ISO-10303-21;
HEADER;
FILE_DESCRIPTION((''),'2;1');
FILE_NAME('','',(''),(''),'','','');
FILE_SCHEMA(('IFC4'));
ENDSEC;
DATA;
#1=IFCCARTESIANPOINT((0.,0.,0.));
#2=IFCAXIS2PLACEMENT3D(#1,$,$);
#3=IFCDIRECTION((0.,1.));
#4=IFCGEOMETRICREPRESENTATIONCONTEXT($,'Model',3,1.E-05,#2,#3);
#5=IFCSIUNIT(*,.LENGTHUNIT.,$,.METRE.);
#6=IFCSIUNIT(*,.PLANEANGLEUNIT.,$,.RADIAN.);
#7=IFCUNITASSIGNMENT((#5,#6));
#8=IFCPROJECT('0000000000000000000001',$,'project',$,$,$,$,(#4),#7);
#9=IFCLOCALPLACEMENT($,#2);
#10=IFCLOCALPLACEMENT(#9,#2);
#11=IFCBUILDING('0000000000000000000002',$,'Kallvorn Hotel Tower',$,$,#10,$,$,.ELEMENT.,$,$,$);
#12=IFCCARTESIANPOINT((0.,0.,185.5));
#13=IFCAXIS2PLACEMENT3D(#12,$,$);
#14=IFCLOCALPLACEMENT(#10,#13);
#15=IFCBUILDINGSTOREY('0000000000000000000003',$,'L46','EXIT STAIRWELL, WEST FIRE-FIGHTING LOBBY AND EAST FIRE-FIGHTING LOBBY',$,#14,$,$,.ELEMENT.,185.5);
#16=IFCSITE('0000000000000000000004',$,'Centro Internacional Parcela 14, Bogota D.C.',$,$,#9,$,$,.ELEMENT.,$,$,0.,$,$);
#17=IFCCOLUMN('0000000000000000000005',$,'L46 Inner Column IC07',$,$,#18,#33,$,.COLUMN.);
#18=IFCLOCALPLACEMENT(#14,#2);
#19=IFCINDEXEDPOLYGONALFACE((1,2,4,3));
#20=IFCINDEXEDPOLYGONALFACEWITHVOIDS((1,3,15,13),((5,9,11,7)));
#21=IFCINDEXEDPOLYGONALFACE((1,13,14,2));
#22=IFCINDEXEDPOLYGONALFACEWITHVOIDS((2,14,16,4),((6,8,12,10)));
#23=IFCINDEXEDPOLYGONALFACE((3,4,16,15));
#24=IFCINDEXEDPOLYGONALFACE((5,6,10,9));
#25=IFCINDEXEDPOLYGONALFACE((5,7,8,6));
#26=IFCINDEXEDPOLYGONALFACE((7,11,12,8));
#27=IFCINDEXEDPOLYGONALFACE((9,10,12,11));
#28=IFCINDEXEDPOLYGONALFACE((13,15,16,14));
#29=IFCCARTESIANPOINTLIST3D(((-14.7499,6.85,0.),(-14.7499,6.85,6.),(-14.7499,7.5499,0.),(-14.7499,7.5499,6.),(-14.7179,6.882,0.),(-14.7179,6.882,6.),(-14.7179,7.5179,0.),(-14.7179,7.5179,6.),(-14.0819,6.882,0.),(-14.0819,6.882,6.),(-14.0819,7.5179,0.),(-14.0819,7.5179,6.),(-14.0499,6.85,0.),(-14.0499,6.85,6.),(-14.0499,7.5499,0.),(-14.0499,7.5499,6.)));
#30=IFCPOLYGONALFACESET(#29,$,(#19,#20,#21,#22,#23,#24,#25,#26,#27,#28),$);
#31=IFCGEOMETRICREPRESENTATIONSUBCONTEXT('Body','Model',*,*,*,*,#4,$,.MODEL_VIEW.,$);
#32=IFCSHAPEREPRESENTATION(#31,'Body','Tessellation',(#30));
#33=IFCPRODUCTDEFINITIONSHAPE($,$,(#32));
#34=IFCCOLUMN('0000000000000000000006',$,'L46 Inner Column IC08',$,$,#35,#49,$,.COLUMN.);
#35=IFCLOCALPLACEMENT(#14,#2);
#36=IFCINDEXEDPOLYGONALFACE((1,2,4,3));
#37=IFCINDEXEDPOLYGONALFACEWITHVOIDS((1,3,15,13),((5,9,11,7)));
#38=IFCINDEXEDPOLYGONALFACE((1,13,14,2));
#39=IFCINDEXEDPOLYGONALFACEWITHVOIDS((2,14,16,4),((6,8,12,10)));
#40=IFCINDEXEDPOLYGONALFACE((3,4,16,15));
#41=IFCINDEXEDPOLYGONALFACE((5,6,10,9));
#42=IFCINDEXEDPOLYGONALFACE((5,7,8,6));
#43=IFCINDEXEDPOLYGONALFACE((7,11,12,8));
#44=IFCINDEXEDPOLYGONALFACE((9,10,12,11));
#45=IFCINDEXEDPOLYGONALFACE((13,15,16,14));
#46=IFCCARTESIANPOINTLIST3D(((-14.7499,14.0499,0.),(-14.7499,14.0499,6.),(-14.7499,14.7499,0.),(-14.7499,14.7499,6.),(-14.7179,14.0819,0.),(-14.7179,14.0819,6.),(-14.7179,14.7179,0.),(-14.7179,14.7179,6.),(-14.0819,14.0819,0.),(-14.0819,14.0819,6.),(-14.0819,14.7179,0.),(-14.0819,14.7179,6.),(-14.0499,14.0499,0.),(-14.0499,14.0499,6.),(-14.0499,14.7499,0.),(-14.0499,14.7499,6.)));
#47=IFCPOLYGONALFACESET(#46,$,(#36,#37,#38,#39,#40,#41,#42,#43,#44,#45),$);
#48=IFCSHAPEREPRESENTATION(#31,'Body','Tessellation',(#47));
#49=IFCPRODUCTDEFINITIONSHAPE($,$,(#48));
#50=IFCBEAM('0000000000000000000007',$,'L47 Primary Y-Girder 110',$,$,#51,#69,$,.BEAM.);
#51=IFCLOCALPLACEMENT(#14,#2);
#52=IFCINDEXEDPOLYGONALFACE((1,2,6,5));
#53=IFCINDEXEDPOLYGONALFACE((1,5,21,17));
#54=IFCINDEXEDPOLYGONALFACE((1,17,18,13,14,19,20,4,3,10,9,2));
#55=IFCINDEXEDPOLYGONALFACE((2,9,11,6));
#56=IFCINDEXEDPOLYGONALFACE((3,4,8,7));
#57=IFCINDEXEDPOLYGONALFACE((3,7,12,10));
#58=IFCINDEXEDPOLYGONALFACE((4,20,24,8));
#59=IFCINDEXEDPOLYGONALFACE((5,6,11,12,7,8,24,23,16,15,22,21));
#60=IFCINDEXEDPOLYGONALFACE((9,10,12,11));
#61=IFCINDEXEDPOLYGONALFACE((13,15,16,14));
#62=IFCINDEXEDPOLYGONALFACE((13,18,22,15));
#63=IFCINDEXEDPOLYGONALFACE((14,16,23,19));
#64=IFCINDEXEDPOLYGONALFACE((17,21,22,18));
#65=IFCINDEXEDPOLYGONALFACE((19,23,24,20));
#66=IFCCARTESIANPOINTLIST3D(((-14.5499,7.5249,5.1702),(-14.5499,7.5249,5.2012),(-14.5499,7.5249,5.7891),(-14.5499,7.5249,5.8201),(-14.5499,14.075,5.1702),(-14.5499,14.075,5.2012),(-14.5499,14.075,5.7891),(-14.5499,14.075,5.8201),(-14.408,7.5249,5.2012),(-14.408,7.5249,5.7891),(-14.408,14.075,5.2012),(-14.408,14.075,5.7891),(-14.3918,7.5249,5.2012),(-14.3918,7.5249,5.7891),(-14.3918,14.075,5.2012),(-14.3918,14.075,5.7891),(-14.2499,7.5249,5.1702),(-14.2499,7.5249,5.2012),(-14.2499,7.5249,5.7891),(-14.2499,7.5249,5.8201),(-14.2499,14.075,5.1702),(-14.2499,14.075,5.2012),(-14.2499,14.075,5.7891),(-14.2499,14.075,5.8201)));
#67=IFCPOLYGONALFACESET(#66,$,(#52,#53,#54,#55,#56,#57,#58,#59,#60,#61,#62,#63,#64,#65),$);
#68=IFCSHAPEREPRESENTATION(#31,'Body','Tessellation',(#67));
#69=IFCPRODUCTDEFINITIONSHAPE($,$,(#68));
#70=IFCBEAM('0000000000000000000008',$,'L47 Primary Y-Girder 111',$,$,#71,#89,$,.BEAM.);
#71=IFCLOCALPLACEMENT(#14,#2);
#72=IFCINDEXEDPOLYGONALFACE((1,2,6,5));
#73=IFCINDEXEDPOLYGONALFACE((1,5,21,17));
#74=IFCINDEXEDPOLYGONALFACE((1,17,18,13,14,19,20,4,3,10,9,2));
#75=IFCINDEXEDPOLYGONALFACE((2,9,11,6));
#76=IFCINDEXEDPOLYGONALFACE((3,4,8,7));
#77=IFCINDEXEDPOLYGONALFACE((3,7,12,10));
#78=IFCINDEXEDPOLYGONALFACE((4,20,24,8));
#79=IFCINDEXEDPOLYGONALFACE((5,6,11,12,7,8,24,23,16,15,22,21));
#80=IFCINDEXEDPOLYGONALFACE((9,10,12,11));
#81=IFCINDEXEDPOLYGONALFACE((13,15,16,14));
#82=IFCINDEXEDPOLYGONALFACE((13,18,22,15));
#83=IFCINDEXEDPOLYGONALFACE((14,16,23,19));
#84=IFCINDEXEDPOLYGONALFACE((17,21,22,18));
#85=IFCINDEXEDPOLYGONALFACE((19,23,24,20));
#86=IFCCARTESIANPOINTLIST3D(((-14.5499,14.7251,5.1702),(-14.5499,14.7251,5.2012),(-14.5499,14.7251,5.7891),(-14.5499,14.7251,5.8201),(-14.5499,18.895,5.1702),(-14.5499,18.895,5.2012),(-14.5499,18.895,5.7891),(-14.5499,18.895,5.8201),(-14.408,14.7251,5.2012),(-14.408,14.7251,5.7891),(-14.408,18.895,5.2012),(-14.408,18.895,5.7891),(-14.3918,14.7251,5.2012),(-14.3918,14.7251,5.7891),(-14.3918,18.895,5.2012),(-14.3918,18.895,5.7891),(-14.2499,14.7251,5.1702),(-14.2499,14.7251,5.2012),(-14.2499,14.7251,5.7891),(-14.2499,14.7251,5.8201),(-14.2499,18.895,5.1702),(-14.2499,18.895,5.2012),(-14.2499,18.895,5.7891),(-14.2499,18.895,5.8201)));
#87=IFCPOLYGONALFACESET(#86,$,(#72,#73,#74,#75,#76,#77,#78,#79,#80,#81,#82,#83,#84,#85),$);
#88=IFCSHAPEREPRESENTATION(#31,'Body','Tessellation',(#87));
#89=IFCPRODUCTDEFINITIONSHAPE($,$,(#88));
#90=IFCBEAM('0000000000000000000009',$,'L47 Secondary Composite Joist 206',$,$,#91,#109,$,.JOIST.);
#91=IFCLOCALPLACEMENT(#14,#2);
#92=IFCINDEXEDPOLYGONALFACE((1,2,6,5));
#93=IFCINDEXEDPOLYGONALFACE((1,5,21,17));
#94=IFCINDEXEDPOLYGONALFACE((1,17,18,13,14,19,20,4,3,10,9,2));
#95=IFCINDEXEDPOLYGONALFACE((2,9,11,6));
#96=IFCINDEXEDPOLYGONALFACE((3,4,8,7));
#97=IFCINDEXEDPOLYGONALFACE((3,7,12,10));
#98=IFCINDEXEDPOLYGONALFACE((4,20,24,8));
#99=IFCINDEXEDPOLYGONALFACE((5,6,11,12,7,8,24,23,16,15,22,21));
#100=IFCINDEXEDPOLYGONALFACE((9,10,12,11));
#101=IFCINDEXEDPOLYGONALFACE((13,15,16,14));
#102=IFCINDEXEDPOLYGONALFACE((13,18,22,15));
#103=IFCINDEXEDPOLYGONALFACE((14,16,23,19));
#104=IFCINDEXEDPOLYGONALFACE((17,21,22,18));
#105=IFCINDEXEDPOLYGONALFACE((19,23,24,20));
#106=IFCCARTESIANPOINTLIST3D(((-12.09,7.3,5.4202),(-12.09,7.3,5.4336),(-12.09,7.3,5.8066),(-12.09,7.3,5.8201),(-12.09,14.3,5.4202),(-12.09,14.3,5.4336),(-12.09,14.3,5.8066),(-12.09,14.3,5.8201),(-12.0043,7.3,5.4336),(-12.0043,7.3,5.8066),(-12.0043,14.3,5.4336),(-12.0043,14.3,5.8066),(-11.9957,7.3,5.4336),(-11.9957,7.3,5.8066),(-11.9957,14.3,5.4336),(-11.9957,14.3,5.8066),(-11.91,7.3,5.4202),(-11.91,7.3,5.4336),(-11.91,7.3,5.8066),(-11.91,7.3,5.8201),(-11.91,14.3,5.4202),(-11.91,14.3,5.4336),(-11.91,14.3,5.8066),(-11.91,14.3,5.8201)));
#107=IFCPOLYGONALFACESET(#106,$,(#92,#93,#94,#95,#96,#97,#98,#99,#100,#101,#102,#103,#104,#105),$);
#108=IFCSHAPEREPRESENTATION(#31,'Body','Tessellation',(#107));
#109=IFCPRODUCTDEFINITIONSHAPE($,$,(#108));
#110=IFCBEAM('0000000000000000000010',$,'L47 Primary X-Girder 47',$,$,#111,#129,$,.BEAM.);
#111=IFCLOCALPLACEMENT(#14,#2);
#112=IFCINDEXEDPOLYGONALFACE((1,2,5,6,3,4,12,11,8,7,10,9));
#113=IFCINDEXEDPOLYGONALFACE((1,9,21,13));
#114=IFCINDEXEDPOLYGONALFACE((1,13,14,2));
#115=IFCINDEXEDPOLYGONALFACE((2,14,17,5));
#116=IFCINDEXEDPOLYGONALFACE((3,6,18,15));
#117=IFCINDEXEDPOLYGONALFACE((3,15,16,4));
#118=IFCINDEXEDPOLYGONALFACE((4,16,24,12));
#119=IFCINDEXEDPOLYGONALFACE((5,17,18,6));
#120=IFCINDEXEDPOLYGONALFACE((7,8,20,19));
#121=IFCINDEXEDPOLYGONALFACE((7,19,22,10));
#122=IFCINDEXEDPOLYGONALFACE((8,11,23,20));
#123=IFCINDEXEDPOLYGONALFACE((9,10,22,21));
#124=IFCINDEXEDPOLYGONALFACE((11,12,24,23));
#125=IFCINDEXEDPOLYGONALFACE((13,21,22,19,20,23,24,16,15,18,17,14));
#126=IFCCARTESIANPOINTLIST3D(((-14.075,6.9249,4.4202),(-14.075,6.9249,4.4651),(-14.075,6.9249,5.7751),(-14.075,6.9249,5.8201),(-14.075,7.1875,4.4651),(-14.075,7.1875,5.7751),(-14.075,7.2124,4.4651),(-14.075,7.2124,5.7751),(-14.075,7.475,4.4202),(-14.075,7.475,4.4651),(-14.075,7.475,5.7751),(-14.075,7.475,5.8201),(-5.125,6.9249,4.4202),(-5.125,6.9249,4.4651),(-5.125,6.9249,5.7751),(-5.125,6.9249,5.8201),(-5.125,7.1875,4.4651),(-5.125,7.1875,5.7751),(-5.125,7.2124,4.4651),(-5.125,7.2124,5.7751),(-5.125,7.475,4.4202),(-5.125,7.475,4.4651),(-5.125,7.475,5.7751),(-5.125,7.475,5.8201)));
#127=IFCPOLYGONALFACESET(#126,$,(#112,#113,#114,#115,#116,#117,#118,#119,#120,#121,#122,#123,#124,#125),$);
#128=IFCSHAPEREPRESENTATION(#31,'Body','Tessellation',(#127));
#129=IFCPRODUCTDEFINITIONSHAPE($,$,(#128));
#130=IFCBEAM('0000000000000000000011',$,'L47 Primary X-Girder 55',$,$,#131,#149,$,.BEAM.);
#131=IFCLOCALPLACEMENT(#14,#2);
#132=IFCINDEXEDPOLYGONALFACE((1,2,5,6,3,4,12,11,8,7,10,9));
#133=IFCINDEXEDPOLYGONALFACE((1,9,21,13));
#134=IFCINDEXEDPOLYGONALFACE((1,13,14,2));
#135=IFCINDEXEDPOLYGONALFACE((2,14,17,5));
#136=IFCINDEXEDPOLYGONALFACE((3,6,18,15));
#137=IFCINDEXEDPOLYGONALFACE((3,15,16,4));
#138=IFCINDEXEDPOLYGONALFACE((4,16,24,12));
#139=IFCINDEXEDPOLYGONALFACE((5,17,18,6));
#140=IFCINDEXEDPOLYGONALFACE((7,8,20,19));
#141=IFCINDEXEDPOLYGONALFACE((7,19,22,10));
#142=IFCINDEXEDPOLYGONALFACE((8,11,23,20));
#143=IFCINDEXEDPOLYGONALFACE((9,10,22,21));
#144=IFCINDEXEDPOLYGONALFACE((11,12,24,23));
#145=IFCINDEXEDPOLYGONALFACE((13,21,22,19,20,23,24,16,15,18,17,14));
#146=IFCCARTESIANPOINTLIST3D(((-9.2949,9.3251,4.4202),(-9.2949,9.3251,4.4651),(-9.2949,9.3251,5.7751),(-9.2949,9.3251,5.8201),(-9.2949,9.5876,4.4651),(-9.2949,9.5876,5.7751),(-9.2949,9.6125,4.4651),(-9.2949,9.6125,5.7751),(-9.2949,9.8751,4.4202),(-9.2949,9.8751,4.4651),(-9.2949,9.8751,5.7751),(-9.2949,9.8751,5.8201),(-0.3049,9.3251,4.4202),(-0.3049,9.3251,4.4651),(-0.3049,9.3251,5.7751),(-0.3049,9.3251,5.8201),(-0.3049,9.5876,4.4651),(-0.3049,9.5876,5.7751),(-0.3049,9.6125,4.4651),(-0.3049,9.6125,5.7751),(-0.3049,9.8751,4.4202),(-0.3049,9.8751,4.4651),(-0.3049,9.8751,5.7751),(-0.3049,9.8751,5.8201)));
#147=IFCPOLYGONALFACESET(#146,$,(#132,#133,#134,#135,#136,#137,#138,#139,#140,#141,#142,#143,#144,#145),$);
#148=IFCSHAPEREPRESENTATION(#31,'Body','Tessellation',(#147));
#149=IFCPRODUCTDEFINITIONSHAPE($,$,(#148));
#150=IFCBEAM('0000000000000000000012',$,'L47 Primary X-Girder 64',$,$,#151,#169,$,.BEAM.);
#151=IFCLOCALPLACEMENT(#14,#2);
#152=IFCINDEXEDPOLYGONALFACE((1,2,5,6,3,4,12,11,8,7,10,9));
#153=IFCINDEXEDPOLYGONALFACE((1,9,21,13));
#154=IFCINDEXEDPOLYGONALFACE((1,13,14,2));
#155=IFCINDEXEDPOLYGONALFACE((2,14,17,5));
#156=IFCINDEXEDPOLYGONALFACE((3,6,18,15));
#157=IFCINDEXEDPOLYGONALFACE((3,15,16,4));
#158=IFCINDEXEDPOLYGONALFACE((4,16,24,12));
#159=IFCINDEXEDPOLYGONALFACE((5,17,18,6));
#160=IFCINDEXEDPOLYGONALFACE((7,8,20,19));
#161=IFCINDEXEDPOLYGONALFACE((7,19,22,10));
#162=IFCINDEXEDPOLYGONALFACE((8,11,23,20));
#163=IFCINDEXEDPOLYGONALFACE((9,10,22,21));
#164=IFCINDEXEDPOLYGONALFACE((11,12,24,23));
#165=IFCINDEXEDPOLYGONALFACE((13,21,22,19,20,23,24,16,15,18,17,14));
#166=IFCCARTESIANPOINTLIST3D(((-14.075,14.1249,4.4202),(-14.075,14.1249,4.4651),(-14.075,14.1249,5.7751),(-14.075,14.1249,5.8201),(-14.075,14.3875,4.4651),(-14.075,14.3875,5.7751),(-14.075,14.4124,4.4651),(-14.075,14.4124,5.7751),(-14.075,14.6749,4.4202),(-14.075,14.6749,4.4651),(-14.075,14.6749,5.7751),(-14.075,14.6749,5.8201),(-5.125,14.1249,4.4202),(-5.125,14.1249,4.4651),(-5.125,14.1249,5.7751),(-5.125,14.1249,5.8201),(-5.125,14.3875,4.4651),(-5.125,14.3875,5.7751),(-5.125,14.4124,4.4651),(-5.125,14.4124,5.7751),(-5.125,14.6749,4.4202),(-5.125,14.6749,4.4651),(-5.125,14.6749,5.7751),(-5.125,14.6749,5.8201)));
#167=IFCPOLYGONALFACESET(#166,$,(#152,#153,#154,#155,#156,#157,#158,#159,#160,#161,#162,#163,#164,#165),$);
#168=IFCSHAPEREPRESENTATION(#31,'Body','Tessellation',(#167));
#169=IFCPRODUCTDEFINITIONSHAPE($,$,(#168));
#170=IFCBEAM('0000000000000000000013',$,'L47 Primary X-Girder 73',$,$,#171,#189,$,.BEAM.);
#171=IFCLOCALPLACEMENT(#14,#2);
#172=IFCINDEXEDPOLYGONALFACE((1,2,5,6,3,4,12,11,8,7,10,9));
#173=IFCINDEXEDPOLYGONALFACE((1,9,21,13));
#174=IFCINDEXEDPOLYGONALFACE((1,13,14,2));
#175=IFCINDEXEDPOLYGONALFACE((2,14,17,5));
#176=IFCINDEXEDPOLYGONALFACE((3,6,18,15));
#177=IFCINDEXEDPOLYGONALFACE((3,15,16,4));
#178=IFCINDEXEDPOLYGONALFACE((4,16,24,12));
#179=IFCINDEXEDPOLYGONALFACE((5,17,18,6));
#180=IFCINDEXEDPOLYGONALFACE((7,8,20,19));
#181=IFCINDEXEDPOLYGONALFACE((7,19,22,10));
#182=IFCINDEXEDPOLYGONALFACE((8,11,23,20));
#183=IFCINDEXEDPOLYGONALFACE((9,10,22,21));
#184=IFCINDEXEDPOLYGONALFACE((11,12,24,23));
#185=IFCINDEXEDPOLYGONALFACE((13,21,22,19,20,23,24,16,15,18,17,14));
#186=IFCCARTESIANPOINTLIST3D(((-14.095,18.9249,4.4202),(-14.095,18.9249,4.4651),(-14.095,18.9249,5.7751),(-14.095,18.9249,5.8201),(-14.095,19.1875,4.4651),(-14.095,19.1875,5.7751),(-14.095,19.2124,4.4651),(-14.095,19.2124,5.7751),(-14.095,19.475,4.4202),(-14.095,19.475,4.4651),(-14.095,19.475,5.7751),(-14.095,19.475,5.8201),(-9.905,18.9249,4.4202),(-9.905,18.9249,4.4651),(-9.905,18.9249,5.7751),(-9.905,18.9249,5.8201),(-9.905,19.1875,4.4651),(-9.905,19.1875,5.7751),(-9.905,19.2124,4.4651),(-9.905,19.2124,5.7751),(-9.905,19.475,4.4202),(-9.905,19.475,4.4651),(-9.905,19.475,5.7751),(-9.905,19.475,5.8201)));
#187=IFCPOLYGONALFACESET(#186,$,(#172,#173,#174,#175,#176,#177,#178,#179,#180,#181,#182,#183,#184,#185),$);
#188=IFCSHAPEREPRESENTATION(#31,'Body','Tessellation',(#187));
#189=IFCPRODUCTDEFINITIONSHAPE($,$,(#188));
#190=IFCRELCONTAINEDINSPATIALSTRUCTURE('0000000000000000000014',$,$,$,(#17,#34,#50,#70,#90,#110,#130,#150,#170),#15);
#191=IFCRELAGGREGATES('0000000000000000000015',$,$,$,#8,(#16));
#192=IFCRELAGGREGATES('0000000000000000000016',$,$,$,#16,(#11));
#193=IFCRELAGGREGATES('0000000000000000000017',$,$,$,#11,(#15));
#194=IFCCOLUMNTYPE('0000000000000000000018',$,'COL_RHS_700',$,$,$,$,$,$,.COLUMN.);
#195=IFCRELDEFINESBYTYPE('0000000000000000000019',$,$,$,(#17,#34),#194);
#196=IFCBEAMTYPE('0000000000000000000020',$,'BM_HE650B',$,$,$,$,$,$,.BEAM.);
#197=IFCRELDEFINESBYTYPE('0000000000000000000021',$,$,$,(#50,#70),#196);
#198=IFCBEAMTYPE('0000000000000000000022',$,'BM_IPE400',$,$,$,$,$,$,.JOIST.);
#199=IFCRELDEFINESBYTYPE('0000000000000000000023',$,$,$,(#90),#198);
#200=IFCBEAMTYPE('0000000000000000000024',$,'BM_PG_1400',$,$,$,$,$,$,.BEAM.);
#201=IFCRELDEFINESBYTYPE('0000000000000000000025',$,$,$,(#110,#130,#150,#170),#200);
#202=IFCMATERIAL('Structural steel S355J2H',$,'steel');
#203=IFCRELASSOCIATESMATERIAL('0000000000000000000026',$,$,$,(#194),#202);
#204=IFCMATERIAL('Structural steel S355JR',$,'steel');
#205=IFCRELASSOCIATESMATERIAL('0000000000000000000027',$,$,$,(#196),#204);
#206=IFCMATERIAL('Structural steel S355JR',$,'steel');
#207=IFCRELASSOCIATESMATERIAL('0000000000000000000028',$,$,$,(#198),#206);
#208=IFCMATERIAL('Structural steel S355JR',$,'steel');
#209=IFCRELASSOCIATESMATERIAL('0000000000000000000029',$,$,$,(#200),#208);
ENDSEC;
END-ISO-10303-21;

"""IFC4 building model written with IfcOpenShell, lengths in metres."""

from ifc_helpers import new_model, si_unit, direction, frame, origin, origin_2d, place, context, subcontext, project, spatial, hollow_rectangle, i_section, extrude, material, material_profile, profile_set, type_object, element, save


model = new_model("IFC4")

# Units and contexts
model_context = context("Model", 3, precision=1e-05, world=origin(), true_north=direction((0.0, 1.0)))
body_context = subcontext(model_context, "Body", "Model", "MODEL_VIEW")
ifc_project = project(units=[si_unit("LENGTHUNIT", "METRE"), si_unit("PLANEANGLEUNIT", "RADIAN")], contexts=[model_context])

# Site, building, storey
site_placement = place(None, origin())
site = spatial("IfcSite", under=ifc_project, at=site_placement, Name="Centro Internacional Parcela 14, Bogota D.C.", CompositionType="ELEMENT", RefElevation=0.0)
building_placement = place(site_placement, origin())
building = spatial("IfcBuilding", under=site, at=building_placement, Name="Kallvorn Hotel Tower", CompositionType="ELEMENT")
storey_placement = place(building_placement, frame((0.0, 0.0, 185.5)))
storey = spatial("IfcBuildingStorey", under=building, at=storey_placement, Name="L46", Description="EXIT STAIRWELL, WEST FIRE-FIGHTING LOBBY AND EAST FIRE-FIGHTING LOBBY", CompositionType="ELEMENT", Elevation=185.5)

# Columns
ifc_material_1 = material(Name="Structural steel S355J2H", Category="steel")
ifc_material_profile_1 = material_profile(ifc_material_1, hollow_rectangle(XDim=0.7, YDim=0.7, WallThickness=0.032, at=origin_2d()), Name="RHS 700x700x32")
ifc_profile_set_1 = profile_set([ifc_material_profile_1], Name="Structural steel S355J2H")
column_type_1 = type_object("IfcColumnType", Name="COL_RHS_700", PredefinedType="COLUMN", material=ifc_profile_set_1)
for number, where, z_axis, x_axis, name in (
    (1, (-14.3999, 7.2, 0.0), (0.0, 0.0, 1.0), (1.0, 0.0, 0.0), "L46 Inner Column IC07"),
    (2, (-14.3999, 14.3999, 0.0), (0.0, 0.0, 1.0), (1.0, 0.0, 0.0), "L46 Inner Column IC08"),
):
    element("IfcColumn", number, at=place(storey_placement, frame(where, z_axis=z_axis, x_axis=x_axis)), inside=storey, type_object=column_type_1, Name=name, PredefinedType="COLUMN", context=body_context, shape_type="SweptSolid", body=[
        extrude(hollow_rectangle(XDim=0.7, YDim=0.7, WallThickness=0.032, at=origin_2d()), origin(), (0.0, 0.0, 1.0), 6.0),
    ])

# Beams
ifc_material_2 = material(Name="Structural steel S355JR", Category="steel")
ifc_material_profile_2 = material_profile(ifc_material_2, i_section(OverallWidth=0.3, OverallDepth=0.6499, WebThickness=0.0161, FlangeThickness=0.031, at=origin_2d()), Name="HE 650 B")
ifc_profile_set_2 = profile_set([ifc_material_profile_2], Name="Structural steel S355JR")
beam_type_1 = type_object("IfcBeamType", Name="BM_HE650B", PredefinedType="BEAM", material=ifc_profile_set_2)
beam_1_placement = place(storey_placement, frame((-14.3999, 7.5249, 5.4951), z_axis=(0.0, 1.0, 0.0), x_axis=(-1.0, 0.0, 0.0)))
element("IfcBeam", 3, at=beam_1_placement, inside=storey, type_object=beam_type_1, Name="L47 Primary Y-Girder 110", PredefinedType="BEAM", context=body_context, shape_type="SweptSolid", body=[
    extrude(i_section(OverallWidth=0.3, OverallDepth=0.6499, WebThickness=0.0161, FlangeThickness=0.031, at=origin_2d()), origin(), (0.0, 0.0, 1.0), 6.55),
])
beam_2_placement = place(storey_placement, frame((-14.3999, 14.7251, 5.4951), z_axis=(0.0, 1.0, 0.0), x_axis=(-1.0, 0.0, 0.0)))
element("IfcBeam", 4, at=beam_2_placement, inside=storey, type_object=beam_type_1, Name="L47 Primary Y-Girder 111", PredefinedType="BEAM", context=body_context, shape_type="SweptSolid", body=[
    extrude(i_section(OverallWidth=0.3, OverallDepth=0.6499, WebThickness=0.0161, FlangeThickness=0.031, at=origin_2d()), origin(), (0.0, 0.0, 1.0), 4.1699),
])
ifc_material_3 = material(Name="Structural steel S355JR", Category="steel")
ifc_material_profile_3 = material_profile(ifc_material_3, i_section(OverallWidth=0.1799, OverallDepth=0.3999, WebThickness=0.0085, FlangeThickness=0.0134, at=origin_2d()), Name="IPE 400")
ifc_profile_set_3 = profile_set([ifc_material_profile_3], Name="Structural steel S355JR")
beam_type_2 = type_object("IfcBeamType", Name="BM_IPE400", PredefinedType="JOIST", material=ifc_profile_set_3)
beam_3_placement = place(storey_placement, frame((-12.0, 7.3, 5.6201), z_axis=(0.0, 1.0, 0.0), x_axis=(-1.0, 0.0, 0.0)))
element("IfcBeam", 5, at=beam_3_placement, inside=storey, type_object=beam_type_2, Name="L47 Secondary Composite Joist 206", PredefinedType="JOIST", context=body_context, shape_type="SweptSolid", body=[
    extrude(i_section(OverallWidth=0.1799, OverallDepth=0.3999, WebThickness=0.0085, FlangeThickness=0.0134, at=origin_2d()), origin(), (0.0, 0.0, 1.0), 7.0),
])
ifc_material_4 = material(Name="Structural steel S355JR", Category="steel")
ifc_material_profile_4 = material_profile(ifc_material_4, i_section(OverallWidth=0.55, OverallDepth=1.3999, WebThickness=0.0249, FlangeThickness=0.0449, at=origin_2d()), Name="PG 1400x550x25x45")
ifc_profile_set_4 = profile_set([ifc_material_profile_4], Name="Structural steel S355JR")
beam_type_3 = type_object("IfcBeamType", Name="BM_PG_1400", PredefinedType="BEAM", material=ifc_profile_set_4)
beam_4_placement = place(storey_placement, frame((-14.075, 7.2, 5.1201), z_axis=(1.0, 0.0, 0.0), x_axis=(0.0, 1.0, 0.0)))
element("IfcBeam", 6, at=beam_4_placement, inside=storey, type_object=beam_type_3, Name="L47 Primary X-Girder 47", PredefinedType="BEAM", context=body_context, shape_type="SweptSolid", body=[
    extrude(i_section(OverallWidth=0.55, OverallDepth=1.3999, WebThickness=0.0249, FlangeThickness=0.0449, at=origin_2d()), origin(), (0.0, 0.0, 1.0), 8.95),
])
beam_5_placement = place(storey_placement, frame((-9.2949, 9.6001, 5.1201), z_axis=(1.0, 0.0, 0.0), x_axis=(0.0, 1.0, 0.0)))
element("IfcBeam", 7, at=beam_5_placement, inside=storey, type_object=beam_type_3, Name="L47 Primary X-Girder 55", PredefinedType="BEAM", context=body_context, shape_type="SweptSolid", body=[
    extrude(i_section(OverallWidth=0.55, OverallDepth=1.3999, WebThickness=0.0249, FlangeThickness=0.0449, at=origin_2d()), origin(), (0.0, 0.0, 1.0), 8.99),
])
beam_6_placement = place(storey_placement, frame((-14.075, 14.3999, 5.1201), z_axis=(1.0, 0.0, 0.0), x_axis=(0.0, 1.0, 0.0)))
element("IfcBeam", 8, at=beam_6_placement, inside=storey, type_object=beam_type_3, Name="L47 Primary X-Girder 64", PredefinedType="BEAM", context=body_context, shape_type="SweptSolid", body=[
    extrude(i_section(OverallWidth=0.55, OverallDepth=1.3999, WebThickness=0.0249, FlangeThickness=0.0449, at=origin_2d()), origin(), (0.0, 0.0, 1.0), 8.95),
])
for number, where, z_axis, x_axis, name in (
    (9, (-14.095, 19.2, 5.1201), (1.0, 0.0, 0.0), (0.0, 1.0, 0.0), "L47 Primary X-Girder 73"),
):
    element("IfcBeam", number, at=place(storey_placement, frame(where, z_axis=z_axis, x_axis=x_axis)), inside=storey, type_object=beam_type_3, Name=name, PredefinedType="BEAM", context=body_context, shape_type="SweptSolid", body=[
        extrude(i_section(OverallWidth=0.55, OverallDepth=1.3999, WebThickness=0.0249, FlangeThickness=0.0449, at=origin_2d()), origin(), (0.0, 0.0, 1.0), 4.1899),
    ])

save(model, "model.ifc")
